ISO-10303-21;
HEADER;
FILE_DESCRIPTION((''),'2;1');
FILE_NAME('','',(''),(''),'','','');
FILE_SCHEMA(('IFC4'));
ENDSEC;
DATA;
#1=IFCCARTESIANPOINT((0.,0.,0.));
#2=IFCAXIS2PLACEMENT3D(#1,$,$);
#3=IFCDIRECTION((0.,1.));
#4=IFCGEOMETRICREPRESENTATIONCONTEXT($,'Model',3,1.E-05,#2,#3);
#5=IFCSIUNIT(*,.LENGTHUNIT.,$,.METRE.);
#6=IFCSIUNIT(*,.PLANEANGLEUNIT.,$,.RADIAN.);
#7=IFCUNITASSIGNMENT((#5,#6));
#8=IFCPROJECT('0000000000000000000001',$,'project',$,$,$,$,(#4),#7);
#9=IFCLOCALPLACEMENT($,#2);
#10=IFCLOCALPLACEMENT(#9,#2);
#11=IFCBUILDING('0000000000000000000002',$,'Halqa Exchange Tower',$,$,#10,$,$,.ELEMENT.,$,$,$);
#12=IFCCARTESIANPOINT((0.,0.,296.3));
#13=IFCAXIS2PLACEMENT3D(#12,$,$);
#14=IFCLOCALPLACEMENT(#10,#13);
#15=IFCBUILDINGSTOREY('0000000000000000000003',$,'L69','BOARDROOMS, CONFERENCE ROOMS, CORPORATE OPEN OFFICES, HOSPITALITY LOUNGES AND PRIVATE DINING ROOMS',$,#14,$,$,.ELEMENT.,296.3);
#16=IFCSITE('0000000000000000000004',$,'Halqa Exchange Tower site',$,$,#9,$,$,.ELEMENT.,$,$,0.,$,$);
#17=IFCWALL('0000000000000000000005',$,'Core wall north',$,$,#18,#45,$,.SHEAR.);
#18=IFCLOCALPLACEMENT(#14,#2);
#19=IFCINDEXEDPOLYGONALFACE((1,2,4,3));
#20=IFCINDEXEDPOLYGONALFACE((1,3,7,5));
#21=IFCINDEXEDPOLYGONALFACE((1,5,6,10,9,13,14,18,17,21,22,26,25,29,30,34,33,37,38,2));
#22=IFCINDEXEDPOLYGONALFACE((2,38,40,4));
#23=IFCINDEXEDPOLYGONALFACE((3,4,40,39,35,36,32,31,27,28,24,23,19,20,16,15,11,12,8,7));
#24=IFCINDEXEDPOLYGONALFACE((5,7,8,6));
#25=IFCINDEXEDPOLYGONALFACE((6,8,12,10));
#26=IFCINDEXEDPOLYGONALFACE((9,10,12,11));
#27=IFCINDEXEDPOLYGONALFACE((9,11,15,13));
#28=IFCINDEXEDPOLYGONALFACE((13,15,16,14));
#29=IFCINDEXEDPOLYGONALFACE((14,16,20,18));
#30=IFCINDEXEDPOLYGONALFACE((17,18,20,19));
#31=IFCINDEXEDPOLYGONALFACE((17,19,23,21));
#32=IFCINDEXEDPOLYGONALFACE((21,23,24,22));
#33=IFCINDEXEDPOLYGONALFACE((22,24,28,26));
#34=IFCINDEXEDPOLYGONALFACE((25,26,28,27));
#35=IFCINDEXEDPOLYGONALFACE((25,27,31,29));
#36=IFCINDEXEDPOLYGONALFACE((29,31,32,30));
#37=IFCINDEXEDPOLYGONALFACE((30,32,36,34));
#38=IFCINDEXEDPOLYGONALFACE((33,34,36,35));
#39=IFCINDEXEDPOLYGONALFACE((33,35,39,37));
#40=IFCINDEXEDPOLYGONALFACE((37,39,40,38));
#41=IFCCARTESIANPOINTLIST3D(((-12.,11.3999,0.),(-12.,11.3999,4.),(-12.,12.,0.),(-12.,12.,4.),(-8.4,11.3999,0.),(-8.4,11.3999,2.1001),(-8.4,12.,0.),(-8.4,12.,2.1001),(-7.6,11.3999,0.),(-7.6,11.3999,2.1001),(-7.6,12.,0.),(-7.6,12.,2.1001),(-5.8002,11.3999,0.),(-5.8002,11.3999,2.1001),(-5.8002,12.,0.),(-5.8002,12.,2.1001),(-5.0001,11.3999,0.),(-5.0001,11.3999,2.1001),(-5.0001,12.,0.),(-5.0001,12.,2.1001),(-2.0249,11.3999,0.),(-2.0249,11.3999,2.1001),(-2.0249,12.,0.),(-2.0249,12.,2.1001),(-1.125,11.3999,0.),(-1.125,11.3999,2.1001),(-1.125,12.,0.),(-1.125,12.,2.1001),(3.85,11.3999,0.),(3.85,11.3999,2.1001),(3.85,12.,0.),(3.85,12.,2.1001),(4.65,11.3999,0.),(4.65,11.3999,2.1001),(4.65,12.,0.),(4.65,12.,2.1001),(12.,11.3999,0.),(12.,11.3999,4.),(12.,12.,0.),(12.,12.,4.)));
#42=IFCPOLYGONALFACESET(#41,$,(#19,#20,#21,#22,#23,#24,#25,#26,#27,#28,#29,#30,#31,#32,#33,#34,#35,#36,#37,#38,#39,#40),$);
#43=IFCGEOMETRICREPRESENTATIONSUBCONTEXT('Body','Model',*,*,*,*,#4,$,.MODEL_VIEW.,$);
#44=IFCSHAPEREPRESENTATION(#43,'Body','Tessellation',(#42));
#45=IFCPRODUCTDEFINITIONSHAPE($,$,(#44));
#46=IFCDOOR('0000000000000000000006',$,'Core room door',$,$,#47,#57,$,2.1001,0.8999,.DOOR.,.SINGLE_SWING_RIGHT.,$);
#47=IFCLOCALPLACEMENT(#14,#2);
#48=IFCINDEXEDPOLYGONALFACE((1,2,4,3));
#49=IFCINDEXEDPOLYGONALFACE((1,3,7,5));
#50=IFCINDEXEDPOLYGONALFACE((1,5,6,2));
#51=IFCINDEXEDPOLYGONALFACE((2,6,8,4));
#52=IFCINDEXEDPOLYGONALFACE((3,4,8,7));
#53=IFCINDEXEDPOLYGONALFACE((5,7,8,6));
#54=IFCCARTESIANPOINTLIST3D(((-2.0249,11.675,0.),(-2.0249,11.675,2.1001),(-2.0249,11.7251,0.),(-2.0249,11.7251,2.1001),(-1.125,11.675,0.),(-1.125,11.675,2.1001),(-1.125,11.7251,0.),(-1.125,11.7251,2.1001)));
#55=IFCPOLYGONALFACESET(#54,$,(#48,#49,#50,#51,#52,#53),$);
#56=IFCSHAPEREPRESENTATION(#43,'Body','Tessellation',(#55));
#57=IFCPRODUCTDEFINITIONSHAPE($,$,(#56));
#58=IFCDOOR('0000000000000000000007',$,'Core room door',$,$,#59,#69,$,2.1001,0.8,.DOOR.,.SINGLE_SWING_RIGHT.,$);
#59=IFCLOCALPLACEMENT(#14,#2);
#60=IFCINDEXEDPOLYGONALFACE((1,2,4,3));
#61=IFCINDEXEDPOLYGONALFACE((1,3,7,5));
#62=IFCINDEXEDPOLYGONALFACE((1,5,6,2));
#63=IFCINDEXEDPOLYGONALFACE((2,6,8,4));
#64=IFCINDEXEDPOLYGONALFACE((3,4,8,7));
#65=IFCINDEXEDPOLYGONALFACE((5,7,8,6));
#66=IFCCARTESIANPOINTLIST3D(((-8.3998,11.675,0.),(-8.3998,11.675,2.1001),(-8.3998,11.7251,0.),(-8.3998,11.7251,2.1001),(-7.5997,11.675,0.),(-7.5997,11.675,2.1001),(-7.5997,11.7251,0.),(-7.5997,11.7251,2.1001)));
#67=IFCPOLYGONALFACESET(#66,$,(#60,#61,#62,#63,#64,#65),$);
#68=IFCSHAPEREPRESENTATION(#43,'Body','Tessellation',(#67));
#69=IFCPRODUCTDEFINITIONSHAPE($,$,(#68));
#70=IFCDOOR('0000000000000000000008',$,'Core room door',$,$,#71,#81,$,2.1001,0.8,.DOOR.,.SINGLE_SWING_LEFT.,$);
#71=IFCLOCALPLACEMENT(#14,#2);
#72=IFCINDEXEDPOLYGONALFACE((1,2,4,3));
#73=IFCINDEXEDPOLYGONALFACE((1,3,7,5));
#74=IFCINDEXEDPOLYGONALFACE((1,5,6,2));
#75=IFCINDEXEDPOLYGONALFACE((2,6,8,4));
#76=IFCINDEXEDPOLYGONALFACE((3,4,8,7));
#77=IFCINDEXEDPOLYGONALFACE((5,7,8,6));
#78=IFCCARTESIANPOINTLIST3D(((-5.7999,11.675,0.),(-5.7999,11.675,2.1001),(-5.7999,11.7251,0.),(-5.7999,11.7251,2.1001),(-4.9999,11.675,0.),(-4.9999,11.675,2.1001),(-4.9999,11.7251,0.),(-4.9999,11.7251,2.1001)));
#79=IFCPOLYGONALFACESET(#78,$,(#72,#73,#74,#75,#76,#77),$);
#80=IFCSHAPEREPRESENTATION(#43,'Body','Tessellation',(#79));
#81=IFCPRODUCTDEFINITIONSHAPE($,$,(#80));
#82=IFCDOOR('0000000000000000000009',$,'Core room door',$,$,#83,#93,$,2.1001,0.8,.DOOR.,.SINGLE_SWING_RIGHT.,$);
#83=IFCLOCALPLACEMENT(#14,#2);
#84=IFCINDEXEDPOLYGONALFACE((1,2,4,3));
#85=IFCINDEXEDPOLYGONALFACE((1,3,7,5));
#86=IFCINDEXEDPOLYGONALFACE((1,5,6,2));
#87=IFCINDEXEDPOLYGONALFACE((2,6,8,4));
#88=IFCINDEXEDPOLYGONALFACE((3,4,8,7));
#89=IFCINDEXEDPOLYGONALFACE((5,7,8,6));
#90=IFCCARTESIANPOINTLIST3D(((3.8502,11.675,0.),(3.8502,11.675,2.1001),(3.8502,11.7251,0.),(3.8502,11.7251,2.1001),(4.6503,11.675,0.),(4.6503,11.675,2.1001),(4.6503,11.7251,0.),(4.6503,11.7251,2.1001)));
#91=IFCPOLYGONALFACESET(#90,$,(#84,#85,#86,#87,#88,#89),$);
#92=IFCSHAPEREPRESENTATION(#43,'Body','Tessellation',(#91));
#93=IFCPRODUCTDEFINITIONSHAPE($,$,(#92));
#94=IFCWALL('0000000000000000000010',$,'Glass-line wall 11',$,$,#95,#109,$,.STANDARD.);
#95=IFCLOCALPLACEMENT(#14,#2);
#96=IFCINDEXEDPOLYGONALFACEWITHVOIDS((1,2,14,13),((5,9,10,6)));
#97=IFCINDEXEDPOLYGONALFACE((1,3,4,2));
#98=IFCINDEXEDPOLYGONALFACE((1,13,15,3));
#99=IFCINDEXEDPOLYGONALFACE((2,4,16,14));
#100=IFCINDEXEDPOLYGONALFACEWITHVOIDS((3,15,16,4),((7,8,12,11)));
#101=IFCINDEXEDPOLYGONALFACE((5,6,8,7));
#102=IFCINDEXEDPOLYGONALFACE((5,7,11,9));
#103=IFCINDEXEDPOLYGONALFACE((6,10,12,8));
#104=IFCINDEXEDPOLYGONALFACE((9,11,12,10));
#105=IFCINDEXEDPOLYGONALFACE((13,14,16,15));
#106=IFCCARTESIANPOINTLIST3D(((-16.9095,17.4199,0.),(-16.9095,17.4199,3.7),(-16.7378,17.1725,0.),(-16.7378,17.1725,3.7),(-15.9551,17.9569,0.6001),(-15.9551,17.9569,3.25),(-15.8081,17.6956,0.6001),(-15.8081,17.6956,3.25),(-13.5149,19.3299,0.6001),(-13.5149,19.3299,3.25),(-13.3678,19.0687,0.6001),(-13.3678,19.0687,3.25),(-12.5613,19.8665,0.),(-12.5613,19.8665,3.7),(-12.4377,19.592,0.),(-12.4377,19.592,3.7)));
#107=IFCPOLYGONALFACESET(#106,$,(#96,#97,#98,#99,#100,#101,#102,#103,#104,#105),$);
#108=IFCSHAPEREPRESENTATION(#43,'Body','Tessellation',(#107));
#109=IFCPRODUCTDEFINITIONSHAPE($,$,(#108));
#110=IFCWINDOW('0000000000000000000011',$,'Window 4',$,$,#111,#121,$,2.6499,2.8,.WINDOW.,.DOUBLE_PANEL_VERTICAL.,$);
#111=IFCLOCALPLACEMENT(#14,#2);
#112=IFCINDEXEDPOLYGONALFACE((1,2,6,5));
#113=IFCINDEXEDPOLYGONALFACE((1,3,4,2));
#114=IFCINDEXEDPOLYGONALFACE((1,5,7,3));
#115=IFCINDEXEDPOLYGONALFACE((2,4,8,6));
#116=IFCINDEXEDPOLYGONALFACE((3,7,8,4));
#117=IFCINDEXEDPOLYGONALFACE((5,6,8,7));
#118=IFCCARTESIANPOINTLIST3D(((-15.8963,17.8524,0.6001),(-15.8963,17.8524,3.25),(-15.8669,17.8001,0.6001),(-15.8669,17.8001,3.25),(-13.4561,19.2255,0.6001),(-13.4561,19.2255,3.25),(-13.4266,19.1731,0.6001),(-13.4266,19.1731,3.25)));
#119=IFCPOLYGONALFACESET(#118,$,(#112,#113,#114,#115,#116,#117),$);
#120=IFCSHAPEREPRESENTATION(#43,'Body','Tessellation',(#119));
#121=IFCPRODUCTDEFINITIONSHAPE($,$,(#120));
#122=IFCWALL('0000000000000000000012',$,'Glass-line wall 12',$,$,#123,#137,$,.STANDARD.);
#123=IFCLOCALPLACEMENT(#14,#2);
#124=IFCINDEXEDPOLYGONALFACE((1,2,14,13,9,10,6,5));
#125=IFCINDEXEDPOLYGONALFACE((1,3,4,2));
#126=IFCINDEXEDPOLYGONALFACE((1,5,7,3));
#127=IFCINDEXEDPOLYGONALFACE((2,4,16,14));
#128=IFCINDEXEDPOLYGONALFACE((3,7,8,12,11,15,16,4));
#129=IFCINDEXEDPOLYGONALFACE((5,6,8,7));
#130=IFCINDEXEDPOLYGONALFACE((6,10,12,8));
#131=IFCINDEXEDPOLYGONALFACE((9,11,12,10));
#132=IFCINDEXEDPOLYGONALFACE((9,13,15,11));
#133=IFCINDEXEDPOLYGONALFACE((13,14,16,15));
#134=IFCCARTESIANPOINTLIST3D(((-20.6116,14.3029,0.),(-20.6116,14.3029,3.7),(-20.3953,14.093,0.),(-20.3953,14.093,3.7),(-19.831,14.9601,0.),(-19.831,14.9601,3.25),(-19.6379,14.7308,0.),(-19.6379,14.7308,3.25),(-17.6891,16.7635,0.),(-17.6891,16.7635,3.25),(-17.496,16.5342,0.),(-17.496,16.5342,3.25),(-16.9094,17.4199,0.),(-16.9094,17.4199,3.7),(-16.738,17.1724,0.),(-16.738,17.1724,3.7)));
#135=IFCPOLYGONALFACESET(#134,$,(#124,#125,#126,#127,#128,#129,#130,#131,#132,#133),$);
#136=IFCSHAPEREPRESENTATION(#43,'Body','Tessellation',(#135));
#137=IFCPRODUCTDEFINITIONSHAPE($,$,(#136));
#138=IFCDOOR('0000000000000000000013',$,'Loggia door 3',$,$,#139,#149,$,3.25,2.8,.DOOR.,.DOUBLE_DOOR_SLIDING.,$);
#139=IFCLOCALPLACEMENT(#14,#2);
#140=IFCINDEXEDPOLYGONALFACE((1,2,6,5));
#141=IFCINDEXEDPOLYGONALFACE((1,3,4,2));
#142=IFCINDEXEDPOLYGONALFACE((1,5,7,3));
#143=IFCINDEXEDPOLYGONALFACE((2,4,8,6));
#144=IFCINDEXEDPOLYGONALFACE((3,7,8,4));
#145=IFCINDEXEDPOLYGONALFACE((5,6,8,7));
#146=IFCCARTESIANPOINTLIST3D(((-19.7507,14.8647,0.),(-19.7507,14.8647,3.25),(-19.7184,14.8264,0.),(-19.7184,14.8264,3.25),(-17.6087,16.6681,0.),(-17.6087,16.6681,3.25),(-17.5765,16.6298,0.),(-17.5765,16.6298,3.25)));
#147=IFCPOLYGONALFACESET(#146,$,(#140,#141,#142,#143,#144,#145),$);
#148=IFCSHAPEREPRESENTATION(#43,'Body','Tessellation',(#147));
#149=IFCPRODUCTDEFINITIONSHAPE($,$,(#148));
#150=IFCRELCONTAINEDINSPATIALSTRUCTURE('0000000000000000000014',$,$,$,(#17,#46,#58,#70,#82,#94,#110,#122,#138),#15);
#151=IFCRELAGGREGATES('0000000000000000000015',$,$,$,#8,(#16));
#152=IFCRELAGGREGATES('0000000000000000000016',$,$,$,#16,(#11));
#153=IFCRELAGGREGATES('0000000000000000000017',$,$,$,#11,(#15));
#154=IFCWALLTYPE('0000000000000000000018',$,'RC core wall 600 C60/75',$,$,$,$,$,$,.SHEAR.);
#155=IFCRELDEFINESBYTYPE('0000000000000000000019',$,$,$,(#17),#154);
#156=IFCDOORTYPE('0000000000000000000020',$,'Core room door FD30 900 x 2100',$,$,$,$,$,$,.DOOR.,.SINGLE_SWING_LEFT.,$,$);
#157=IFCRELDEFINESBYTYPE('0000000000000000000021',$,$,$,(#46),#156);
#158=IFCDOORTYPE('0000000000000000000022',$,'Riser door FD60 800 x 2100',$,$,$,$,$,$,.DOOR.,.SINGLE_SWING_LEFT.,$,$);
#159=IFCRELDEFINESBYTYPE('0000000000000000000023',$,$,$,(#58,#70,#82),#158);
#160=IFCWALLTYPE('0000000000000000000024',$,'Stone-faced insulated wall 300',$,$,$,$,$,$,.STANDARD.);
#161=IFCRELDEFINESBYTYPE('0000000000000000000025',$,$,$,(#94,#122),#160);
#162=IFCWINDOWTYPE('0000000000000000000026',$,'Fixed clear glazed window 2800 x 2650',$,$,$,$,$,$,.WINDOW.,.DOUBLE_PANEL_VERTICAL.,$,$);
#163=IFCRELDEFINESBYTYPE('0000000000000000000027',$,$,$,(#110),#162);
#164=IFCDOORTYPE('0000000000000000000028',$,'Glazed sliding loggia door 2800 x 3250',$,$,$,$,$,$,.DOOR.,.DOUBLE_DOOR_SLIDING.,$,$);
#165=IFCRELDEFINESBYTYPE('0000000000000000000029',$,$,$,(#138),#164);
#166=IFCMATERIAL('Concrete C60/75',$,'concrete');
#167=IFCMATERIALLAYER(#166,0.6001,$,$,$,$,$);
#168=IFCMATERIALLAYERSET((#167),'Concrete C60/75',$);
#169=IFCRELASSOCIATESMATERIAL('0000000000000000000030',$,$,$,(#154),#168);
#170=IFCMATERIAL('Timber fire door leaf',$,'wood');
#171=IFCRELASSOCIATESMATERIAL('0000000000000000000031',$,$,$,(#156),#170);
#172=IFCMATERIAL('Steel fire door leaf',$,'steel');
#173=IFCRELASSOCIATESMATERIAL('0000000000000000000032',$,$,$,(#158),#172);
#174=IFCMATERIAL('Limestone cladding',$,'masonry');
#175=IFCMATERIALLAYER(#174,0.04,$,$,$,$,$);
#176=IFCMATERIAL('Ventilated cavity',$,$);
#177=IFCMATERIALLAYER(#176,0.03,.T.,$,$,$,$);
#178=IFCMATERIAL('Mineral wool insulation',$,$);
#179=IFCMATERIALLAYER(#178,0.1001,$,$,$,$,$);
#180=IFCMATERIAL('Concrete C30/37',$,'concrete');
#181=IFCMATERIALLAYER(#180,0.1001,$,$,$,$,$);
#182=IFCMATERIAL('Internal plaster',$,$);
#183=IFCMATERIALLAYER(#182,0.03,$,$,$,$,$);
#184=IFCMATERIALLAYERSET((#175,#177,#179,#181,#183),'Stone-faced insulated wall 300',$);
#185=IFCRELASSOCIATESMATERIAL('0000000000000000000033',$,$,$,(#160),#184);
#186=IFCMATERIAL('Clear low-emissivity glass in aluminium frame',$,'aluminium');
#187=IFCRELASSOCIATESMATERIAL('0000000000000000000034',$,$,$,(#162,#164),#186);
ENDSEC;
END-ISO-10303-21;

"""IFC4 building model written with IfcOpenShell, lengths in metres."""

from ifc_helpers import new_model, si_unit, direction, frame, frame_2d, origin, place, context, subcontext, project, spatial, polyline, rectangle, outline, extrude, material, layer, layer_set, type_object, element, fill, save


model = new_model("IFC4")

# Units and contexts
model_context = context("Model", 3, precision=1e-05, world=origin(), true_north=direction((0.0, 1.0)))
body_context = subcontext(model_context, "Body", "Model", "MODEL_VIEW")
ifc_project = project(units=[si_unit("LENGTHUNIT", "METRE"), si_unit("PLANEANGLEUNIT", "RADIAN")], contexts=[model_context])

# Site, building, storey
site_placement = place(None, origin())
site = spatial("IfcSite", under=ifc_project, at=site_placement, Name="Halqa Exchange Tower site", CompositionType="ELEMENT", RefElevation=0.0)
building_placement = place(site_placement, origin())
building = spatial("IfcBuilding", under=site, at=building_placement, Name="Halqa Exchange Tower", CompositionType="ELEMENT")
storey_placement = place(building_placement, frame((0.0, 0.0, 296.3)))
storey = spatial("IfcBuildingStorey", under=building, at=storey_placement, Name="L69", Description="BOARDROOMS, CONFERENCE ROOMS, CORPORATE OPEN OFFICES, HOSPITALITY LOUNGES AND PRIVATE DINING ROOMS", CompositionType="ELEMENT", Elevation=296.3)

# Shared definitions
ifc_material_1 = material(Name="Concrete C60/75", Category="concrete")

# Shared definitions
ifc_material_2 = material(Name="Steel fire door leaf", Category="steel")

# Wall, openings, doors
ifc_layer_1 = layer(ifc_material_1, 0.6001)
ifc_layer_set_1 = layer_set([ifc_layer_1], Name="Concrete C60/75")
wall_type_1 = type_object("IfcWallType", Name="RC core wall 600 C60/75", PredefinedType="SHEAR", material=ifc_layer_set_1)
wall_1_placement = place(storey_placement, frame((-12.0, 11.7, 0.0), z_axis=(0.0, 0.0, 1.0), x_axis=(1.0, 0.0, 0.0)))
wall_1 = element("IfcWall", 1, at=wall_1_placement, inside=storey, type_object=wall_type_1, Name="Core wall north", PredefinedType="SHEAR", context=body_context, shape_type="SweptSolid", body=[
    extrude(rectangle(XDim=24.0, YDim=0.6001, at=frame_2d((12.0, 0.0))), origin(), (0.0, 0.0, 1.0), 4.0),
])
opening_1_placement = place(wall_1_placement, frame((9.9751, 0.0, 0.0)))
opening_1 = element("IfcOpeningElement", 2, at=opening_1_placement, cuts=wall_1, PredefinedType="OPENING", context=body_context, shape_type="SweptSolid", body=[
    extrude(rectangle(XDim=0.8999, YDim=2.1001, at=frame_2d((0.45, 1.05))), frame((0.0, 0.312, 0.0), z_axis=(0.0, -1.0, 0.0), x_axis=(1.0, 0.0, 0.0)), (0.0, 0.0, 1.0), 0.624),
])
opening_2_placement = place(wall_1_placement, frame((3.6001, 0.0, 0.0)))
opening_2 = element("IfcOpeningElement", 3, at=opening_2_placement, cuts=wall_1, PredefinedType="OPENING", context=body_context, shape_type="SweptSolid", body=[
    extrude(rectangle(XDim=0.8, YDim=2.1001, at=frame_2d((0.3999, 1.05))), frame((0.0, 0.312, 0.0), z_axis=(0.0, -1.0, 0.0), x_axis=(1.0, 0.0, 0.0)), (0.0, 0.0, 1.0), 0.624),
])
opening_3_placement = place(wall_1_placement, frame((6.2, 0.0, 0.0)))
opening_3 = element("IfcOpeningElement", 4, at=opening_3_placement, cuts=wall_1, PredefinedType="OPENING", context=body_context, shape_type="SweptSolid", body=[
    extrude(rectangle(XDim=0.8, YDim=2.1001, at=frame_2d((0.3999, 1.05))), frame((0.0, 0.312, 0.0), z_axis=(0.0, -1.0, 0.0), x_axis=(1.0, 0.0, 0.0)), (0.0, 0.0, 1.0), 0.624),
])
opening_4_placement = place(wall_1_placement, frame((15.8501, 0.0, 0.0)))
opening_4 = element("IfcOpeningElement", 5, at=opening_4_placement, cuts=wall_1, PredefinedType="OPENING", context=body_context, shape_type="SweptSolid", body=[
    extrude(rectangle(XDim=0.8, YDim=2.1001, at=frame_2d((0.3999, 1.05))), frame((0.0, 0.312, 0.0), z_axis=(0.0, -1.0, 0.0), x_axis=(1.0, 0.0, 0.0)), (0.0, 0.0, 1.0), 0.624),
])
ifc_material_3 = material(Name="Timber fire door leaf", Category="wood")
door_type_1 = type_object("IfcDoorType", Name="Core room door FD30 900 x 2100", OperationType="SINGLE_SWING_LEFT", PredefinedType="DOOR", material=ifc_material_3)
door_1_placement = place(opening_1_placement, frame((0.8999, 0.0, 0.0), z_axis=(0.0, 0.0, 1.0), x_axis=(-1.0, 0.0, 0.0)))
door_1 = element("IfcDoor", 6, at=door_1_placement, inside=storey, type_object=door_type_1, Name="Core room door", OperationType="SINGLE_SWING_RIGHT", OverallHeight=2.1001, OverallWidth=0.8999, PredefinedType="DOOR", context=body_context, shape_type="SweptSolid", body=[
    extrude(rectangle(XDim=0.8999, YDim=2.1001, at=frame_2d((0.45, 1.05))), frame((0.0, 0.0249, 0.0), z_axis=(0.0, -1.0, 0.0), x_axis=(1.0, 0.0, 0.0)), (0.0, 0.0, 1.0), 0.05),
])
fill(opening_1, door_1)
door_type_2 = type_object("IfcDoorType", Name="Riser door FD60 800 x 2100", OperationType="SINGLE_SWING_LEFT", PredefinedType="DOOR", material=ifc_material_2)
door_2_placement = place(opening_2_placement, frame((0.8, 0.0, 0.0), z_axis=(0.0, 0.0, 1.0), x_axis=(-1.0, 0.0, 0.0)))
door_2 = element("IfcDoor", 7, at=door_2_placement, inside=storey, type_object=door_type_2, Name="Core room door", OperationType="SINGLE_SWING_RIGHT", OverallHeight=2.1001, OverallWidth=0.8, PredefinedType="DOOR", context=body_context, shape_type="SweptSolid", body=[
    extrude(rectangle(XDim=0.8, YDim=2.1001, at=frame_2d((0.3999, 1.05))), frame((0.0, 0.0249, 0.0), z_axis=(0.0, -1.0, 0.0), x_axis=(1.0, 0.0, 0.0)), (0.0, 0.0, 1.0), 0.05),
])
fill(opening_2, door_2)
door_3_placement = place(opening_3_placement, frame((0.8, 0.0, 0.0), z_axis=(0.0, 0.0, 1.0), x_axis=(-1.0, 0.0, 0.0)))
door_3 = element("IfcDoor", 8, at=door_3_placement, inside=storey, type_object=door_type_2, Name="Core room door", OperationType="SINGLE_SWING_LEFT", OverallHeight=2.1001, OverallWidth=0.8, PredefinedType="DOOR", context=body_context, shape_type="SweptSolid", body=[
    extrude(rectangle(XDim=0.8, YDim=2.1001, at=frame_2d((0.3999, 1.05))), frame((0.0, 0.0249, 0.0), z_axis=(0.0, -1.0, 0.0), x_axis=(1.0, 0.0, 0.0)), (0.0, 0.0, 1.0), 0.05),
])
fill(opening_3, door_3)
door_4_placement = place(opening_4_placement, frame((0.8, 0.0, 0.0), z_axis=(0.0, 0.0, 1.0), x_axis=(-1.0, 0.0, 0.0)))
door_4 = element("IfcDoor", 9, at=door_4_placement, inside=storey, type_object=door_type_2, Name="Core room door", OperationType="SINGLE_SWING_RIGHT", OverallHeight=2.1001, OverallWidth=0.8, PredefinedType="DOOR", context=body_context, shape_type="SweptSolid", body=[
    extrude(rectangle(XDim=0.8, YDim=2.1001, at=frame_2d((0.3999, 1.05))), frame((0.0, 0.0249, 0.0), z_axis=(0.0, -1.0, 0.0), x_axis=(1.0, 0.0, 0.0)), (0.0, 0.0, 1.0), 0.05),
])
fill(opening_4, door_4)

# Wall, opening, window
ifc_material_4 = material(Name="Limestone cladding", Category="masonry")
ifc_layer_2 = layer(ifc_material_4, 0.04)
ifc_material_5 = material(Name="Ventilated cavity")
ifc_layer_3 = layer(ifc_material_5, 0.03, ventilated=True)
ifc_material_6 = material(Name="Mineral wool insulation")
ifc_layer_4 = layer(ifc_material_6, 0.1001)
ifc_material_7 = material(Name="Concrete C30/37", Category="concrete")
ifc_layer_5 = layer(ifc_material_7, 0.1001)
ifc_material_8 = material(Name="Internal plaster")
ifc_layer_6 = layer(ifc_material_8, 0.03)
ifc_layer_set_2 = layer_set([ifc_layer_2, ifc_layer_3, ifc_layer_4, ifc_layer_5, ifc_layer_6], Name="Stone-faced insulated wall 300")
wall_type_2 = type_object("IfcWallType", Name="Stone-faced insulated wall 300", PredefinedType="STANDARD", material=ifc_layer_set_2)
wall_2_placement = place(storey_placement, frame((-12.4995, 19.7292, 0.0), z_axis=(0.0, 0.0, 1.0), x_axis=(-0.871512, -0.490373, 0.0)))
wall_2 = element("IfcWall", 10, at=wall_2_placement, inside=storey, type_object=wall_type_2, Name="Glass-line wall 11", PredefinedType="STANDARD", context=body_context, shape_type="SweptSolid", body=[
    extrude(outline(polyline([(-0.0134, -0.1499), (4.9758, -0.1499), (4.9475, 0.1499), (0.0134, 0.1499), (-0.0134, -0.1499)])), origin(), (0.0, 0.0, 1.0), 3.7),
])
opening_5_placement = place(wall_2_placement, frame((1.0808, 0.0, 0.6001)))
opening_5 = element("IfcOpeningElement", 11, at=opening_5_placement, cuts=wall_2, PredefinedType="OPENING", context=body_context, shape_type="SweptSolid", body=[
    extrude(rectangle(XDim=2.8, YDim=2.6499, at=frame_2d((1.3999, 1.325))), frame((0.0, 0.1621, 0.0), z_axis=(0.0, -1.0, 0.0), x_axis=(1.0, 0.0, 0.0)), (0.0, 0.0, 1.0), 0.324),
])
ifc_material_9 = material(Name="Clear low-emissivity glass in aluminium frame", Category="aluminium")
window_type = type_object("IfcWindowType", Name="Fixed clear glazed window 2800 x 2650", PartitioningType="DOUBLE_PANEL_VERTICAL", PredefinedType="WINDOW", material=ifc_material_9)
window_1_placement = place(opening_5_placement, origin())
window_1 = element("IfcWindow", 12, at=window_1_placement, inside=storey, type_object=window_type, Name="Window 4", OverallHeight=2.6499, OverallWidth=2.8, PartitioningType="DOUBLE_PANEL_VERTICAL", PredefinedType="WINDOW", context=body_context, shape_type="SweptSolid", body=[
    extrude(rectangle(XDim=2.8, YDim=2.6499, at=frame_2d((1.3999, 1.325))), frame((0.0, 0.03, 0.0), z_axis=(0.0, -1.0, 0.0), x_axis=(1.0, 0.0, 0.0)), (0.0, 0.0, 1.0), 0.0601),
])
fill(opening_5, window_1)

# Wall, opening, door
wall_3_placement = place(storey_placement, frame((-16.8237, 17.2961, 0.0), z_axis=(0.0, 0.0, 1.0), x_axis=(-0.764966, -0.64407, 0.0)))
wall_3 = element("IfcWall", 13, at=wall_3_placement, inside=storey, type_object=wall_type_2, Name="Glass-line wall 12", PredefinedType="STANDARD", context=body_context, shape_type="SweptSolid", body=[
    extrude(outline(polyline([(-0.0142, -0.1499), (4.8254, -0.1499), (4.7952, 0.1499), (0.0142, 0.1499), (-0.0142, -0.1499)])), origin(), (0.0, 0.0, 1.0), 3.7),
])
opening_6_placement = place(wall_3_placement, frame((1.0051, 0.0, 0.0)))
opening_6 = element("IfcOpeningElement", 14, at=opening_6_placement, cuts=wall_3, PredefinedType="OPENING", context=body_context, shape_type="SweptSolid", body=[
    extrude(rectangle(XDim=2.8, YDim=3.25, at=frame_2d((1.3999, 1.625))), frame((0.0, 0.1621, 0.0), z_axis=(0.0, -1.0, 0.0), x_axis=(1.0, 0.0, 0.0)), (0.0, 0.0, 1.0), 0.324),
])
door_type_3 = type_object("IfcDoorType", Name="Glazed sliding loggia door 2800 x 3250", OperationType="DOUBLE_DOOR_SLIDING", PredefinedType="DOOR", material=ifc_material_9)
door_5_placement = place(opening_6_placement, origin())
door_5 = element("IfcDoor", 15, at=door_5_placement, inside=storey, type_object=door_type_3, Name="Loggia door 3", OperationType="DOUBLE_DOOR_SLIDING", OverallHeight=3.25, OverallWidth=2.8, PredefinedType="DOOR", context=body_context, shape_type="SweptSolid", body=[
    extrude(rectangle(XDim=2.8, YDim=3.25, at=frame_2d((1.3999, 1.625))), frame((0.0, 0.0249, 0.0), z_axis=(0.0, -1.0, 0.0), x_axis=(1.0, 0.0, 0.0)), (0.0, 0.0, 1.0), 0.05),
])
fill(opening_6, door_5)

save(model, "model.ifc")
